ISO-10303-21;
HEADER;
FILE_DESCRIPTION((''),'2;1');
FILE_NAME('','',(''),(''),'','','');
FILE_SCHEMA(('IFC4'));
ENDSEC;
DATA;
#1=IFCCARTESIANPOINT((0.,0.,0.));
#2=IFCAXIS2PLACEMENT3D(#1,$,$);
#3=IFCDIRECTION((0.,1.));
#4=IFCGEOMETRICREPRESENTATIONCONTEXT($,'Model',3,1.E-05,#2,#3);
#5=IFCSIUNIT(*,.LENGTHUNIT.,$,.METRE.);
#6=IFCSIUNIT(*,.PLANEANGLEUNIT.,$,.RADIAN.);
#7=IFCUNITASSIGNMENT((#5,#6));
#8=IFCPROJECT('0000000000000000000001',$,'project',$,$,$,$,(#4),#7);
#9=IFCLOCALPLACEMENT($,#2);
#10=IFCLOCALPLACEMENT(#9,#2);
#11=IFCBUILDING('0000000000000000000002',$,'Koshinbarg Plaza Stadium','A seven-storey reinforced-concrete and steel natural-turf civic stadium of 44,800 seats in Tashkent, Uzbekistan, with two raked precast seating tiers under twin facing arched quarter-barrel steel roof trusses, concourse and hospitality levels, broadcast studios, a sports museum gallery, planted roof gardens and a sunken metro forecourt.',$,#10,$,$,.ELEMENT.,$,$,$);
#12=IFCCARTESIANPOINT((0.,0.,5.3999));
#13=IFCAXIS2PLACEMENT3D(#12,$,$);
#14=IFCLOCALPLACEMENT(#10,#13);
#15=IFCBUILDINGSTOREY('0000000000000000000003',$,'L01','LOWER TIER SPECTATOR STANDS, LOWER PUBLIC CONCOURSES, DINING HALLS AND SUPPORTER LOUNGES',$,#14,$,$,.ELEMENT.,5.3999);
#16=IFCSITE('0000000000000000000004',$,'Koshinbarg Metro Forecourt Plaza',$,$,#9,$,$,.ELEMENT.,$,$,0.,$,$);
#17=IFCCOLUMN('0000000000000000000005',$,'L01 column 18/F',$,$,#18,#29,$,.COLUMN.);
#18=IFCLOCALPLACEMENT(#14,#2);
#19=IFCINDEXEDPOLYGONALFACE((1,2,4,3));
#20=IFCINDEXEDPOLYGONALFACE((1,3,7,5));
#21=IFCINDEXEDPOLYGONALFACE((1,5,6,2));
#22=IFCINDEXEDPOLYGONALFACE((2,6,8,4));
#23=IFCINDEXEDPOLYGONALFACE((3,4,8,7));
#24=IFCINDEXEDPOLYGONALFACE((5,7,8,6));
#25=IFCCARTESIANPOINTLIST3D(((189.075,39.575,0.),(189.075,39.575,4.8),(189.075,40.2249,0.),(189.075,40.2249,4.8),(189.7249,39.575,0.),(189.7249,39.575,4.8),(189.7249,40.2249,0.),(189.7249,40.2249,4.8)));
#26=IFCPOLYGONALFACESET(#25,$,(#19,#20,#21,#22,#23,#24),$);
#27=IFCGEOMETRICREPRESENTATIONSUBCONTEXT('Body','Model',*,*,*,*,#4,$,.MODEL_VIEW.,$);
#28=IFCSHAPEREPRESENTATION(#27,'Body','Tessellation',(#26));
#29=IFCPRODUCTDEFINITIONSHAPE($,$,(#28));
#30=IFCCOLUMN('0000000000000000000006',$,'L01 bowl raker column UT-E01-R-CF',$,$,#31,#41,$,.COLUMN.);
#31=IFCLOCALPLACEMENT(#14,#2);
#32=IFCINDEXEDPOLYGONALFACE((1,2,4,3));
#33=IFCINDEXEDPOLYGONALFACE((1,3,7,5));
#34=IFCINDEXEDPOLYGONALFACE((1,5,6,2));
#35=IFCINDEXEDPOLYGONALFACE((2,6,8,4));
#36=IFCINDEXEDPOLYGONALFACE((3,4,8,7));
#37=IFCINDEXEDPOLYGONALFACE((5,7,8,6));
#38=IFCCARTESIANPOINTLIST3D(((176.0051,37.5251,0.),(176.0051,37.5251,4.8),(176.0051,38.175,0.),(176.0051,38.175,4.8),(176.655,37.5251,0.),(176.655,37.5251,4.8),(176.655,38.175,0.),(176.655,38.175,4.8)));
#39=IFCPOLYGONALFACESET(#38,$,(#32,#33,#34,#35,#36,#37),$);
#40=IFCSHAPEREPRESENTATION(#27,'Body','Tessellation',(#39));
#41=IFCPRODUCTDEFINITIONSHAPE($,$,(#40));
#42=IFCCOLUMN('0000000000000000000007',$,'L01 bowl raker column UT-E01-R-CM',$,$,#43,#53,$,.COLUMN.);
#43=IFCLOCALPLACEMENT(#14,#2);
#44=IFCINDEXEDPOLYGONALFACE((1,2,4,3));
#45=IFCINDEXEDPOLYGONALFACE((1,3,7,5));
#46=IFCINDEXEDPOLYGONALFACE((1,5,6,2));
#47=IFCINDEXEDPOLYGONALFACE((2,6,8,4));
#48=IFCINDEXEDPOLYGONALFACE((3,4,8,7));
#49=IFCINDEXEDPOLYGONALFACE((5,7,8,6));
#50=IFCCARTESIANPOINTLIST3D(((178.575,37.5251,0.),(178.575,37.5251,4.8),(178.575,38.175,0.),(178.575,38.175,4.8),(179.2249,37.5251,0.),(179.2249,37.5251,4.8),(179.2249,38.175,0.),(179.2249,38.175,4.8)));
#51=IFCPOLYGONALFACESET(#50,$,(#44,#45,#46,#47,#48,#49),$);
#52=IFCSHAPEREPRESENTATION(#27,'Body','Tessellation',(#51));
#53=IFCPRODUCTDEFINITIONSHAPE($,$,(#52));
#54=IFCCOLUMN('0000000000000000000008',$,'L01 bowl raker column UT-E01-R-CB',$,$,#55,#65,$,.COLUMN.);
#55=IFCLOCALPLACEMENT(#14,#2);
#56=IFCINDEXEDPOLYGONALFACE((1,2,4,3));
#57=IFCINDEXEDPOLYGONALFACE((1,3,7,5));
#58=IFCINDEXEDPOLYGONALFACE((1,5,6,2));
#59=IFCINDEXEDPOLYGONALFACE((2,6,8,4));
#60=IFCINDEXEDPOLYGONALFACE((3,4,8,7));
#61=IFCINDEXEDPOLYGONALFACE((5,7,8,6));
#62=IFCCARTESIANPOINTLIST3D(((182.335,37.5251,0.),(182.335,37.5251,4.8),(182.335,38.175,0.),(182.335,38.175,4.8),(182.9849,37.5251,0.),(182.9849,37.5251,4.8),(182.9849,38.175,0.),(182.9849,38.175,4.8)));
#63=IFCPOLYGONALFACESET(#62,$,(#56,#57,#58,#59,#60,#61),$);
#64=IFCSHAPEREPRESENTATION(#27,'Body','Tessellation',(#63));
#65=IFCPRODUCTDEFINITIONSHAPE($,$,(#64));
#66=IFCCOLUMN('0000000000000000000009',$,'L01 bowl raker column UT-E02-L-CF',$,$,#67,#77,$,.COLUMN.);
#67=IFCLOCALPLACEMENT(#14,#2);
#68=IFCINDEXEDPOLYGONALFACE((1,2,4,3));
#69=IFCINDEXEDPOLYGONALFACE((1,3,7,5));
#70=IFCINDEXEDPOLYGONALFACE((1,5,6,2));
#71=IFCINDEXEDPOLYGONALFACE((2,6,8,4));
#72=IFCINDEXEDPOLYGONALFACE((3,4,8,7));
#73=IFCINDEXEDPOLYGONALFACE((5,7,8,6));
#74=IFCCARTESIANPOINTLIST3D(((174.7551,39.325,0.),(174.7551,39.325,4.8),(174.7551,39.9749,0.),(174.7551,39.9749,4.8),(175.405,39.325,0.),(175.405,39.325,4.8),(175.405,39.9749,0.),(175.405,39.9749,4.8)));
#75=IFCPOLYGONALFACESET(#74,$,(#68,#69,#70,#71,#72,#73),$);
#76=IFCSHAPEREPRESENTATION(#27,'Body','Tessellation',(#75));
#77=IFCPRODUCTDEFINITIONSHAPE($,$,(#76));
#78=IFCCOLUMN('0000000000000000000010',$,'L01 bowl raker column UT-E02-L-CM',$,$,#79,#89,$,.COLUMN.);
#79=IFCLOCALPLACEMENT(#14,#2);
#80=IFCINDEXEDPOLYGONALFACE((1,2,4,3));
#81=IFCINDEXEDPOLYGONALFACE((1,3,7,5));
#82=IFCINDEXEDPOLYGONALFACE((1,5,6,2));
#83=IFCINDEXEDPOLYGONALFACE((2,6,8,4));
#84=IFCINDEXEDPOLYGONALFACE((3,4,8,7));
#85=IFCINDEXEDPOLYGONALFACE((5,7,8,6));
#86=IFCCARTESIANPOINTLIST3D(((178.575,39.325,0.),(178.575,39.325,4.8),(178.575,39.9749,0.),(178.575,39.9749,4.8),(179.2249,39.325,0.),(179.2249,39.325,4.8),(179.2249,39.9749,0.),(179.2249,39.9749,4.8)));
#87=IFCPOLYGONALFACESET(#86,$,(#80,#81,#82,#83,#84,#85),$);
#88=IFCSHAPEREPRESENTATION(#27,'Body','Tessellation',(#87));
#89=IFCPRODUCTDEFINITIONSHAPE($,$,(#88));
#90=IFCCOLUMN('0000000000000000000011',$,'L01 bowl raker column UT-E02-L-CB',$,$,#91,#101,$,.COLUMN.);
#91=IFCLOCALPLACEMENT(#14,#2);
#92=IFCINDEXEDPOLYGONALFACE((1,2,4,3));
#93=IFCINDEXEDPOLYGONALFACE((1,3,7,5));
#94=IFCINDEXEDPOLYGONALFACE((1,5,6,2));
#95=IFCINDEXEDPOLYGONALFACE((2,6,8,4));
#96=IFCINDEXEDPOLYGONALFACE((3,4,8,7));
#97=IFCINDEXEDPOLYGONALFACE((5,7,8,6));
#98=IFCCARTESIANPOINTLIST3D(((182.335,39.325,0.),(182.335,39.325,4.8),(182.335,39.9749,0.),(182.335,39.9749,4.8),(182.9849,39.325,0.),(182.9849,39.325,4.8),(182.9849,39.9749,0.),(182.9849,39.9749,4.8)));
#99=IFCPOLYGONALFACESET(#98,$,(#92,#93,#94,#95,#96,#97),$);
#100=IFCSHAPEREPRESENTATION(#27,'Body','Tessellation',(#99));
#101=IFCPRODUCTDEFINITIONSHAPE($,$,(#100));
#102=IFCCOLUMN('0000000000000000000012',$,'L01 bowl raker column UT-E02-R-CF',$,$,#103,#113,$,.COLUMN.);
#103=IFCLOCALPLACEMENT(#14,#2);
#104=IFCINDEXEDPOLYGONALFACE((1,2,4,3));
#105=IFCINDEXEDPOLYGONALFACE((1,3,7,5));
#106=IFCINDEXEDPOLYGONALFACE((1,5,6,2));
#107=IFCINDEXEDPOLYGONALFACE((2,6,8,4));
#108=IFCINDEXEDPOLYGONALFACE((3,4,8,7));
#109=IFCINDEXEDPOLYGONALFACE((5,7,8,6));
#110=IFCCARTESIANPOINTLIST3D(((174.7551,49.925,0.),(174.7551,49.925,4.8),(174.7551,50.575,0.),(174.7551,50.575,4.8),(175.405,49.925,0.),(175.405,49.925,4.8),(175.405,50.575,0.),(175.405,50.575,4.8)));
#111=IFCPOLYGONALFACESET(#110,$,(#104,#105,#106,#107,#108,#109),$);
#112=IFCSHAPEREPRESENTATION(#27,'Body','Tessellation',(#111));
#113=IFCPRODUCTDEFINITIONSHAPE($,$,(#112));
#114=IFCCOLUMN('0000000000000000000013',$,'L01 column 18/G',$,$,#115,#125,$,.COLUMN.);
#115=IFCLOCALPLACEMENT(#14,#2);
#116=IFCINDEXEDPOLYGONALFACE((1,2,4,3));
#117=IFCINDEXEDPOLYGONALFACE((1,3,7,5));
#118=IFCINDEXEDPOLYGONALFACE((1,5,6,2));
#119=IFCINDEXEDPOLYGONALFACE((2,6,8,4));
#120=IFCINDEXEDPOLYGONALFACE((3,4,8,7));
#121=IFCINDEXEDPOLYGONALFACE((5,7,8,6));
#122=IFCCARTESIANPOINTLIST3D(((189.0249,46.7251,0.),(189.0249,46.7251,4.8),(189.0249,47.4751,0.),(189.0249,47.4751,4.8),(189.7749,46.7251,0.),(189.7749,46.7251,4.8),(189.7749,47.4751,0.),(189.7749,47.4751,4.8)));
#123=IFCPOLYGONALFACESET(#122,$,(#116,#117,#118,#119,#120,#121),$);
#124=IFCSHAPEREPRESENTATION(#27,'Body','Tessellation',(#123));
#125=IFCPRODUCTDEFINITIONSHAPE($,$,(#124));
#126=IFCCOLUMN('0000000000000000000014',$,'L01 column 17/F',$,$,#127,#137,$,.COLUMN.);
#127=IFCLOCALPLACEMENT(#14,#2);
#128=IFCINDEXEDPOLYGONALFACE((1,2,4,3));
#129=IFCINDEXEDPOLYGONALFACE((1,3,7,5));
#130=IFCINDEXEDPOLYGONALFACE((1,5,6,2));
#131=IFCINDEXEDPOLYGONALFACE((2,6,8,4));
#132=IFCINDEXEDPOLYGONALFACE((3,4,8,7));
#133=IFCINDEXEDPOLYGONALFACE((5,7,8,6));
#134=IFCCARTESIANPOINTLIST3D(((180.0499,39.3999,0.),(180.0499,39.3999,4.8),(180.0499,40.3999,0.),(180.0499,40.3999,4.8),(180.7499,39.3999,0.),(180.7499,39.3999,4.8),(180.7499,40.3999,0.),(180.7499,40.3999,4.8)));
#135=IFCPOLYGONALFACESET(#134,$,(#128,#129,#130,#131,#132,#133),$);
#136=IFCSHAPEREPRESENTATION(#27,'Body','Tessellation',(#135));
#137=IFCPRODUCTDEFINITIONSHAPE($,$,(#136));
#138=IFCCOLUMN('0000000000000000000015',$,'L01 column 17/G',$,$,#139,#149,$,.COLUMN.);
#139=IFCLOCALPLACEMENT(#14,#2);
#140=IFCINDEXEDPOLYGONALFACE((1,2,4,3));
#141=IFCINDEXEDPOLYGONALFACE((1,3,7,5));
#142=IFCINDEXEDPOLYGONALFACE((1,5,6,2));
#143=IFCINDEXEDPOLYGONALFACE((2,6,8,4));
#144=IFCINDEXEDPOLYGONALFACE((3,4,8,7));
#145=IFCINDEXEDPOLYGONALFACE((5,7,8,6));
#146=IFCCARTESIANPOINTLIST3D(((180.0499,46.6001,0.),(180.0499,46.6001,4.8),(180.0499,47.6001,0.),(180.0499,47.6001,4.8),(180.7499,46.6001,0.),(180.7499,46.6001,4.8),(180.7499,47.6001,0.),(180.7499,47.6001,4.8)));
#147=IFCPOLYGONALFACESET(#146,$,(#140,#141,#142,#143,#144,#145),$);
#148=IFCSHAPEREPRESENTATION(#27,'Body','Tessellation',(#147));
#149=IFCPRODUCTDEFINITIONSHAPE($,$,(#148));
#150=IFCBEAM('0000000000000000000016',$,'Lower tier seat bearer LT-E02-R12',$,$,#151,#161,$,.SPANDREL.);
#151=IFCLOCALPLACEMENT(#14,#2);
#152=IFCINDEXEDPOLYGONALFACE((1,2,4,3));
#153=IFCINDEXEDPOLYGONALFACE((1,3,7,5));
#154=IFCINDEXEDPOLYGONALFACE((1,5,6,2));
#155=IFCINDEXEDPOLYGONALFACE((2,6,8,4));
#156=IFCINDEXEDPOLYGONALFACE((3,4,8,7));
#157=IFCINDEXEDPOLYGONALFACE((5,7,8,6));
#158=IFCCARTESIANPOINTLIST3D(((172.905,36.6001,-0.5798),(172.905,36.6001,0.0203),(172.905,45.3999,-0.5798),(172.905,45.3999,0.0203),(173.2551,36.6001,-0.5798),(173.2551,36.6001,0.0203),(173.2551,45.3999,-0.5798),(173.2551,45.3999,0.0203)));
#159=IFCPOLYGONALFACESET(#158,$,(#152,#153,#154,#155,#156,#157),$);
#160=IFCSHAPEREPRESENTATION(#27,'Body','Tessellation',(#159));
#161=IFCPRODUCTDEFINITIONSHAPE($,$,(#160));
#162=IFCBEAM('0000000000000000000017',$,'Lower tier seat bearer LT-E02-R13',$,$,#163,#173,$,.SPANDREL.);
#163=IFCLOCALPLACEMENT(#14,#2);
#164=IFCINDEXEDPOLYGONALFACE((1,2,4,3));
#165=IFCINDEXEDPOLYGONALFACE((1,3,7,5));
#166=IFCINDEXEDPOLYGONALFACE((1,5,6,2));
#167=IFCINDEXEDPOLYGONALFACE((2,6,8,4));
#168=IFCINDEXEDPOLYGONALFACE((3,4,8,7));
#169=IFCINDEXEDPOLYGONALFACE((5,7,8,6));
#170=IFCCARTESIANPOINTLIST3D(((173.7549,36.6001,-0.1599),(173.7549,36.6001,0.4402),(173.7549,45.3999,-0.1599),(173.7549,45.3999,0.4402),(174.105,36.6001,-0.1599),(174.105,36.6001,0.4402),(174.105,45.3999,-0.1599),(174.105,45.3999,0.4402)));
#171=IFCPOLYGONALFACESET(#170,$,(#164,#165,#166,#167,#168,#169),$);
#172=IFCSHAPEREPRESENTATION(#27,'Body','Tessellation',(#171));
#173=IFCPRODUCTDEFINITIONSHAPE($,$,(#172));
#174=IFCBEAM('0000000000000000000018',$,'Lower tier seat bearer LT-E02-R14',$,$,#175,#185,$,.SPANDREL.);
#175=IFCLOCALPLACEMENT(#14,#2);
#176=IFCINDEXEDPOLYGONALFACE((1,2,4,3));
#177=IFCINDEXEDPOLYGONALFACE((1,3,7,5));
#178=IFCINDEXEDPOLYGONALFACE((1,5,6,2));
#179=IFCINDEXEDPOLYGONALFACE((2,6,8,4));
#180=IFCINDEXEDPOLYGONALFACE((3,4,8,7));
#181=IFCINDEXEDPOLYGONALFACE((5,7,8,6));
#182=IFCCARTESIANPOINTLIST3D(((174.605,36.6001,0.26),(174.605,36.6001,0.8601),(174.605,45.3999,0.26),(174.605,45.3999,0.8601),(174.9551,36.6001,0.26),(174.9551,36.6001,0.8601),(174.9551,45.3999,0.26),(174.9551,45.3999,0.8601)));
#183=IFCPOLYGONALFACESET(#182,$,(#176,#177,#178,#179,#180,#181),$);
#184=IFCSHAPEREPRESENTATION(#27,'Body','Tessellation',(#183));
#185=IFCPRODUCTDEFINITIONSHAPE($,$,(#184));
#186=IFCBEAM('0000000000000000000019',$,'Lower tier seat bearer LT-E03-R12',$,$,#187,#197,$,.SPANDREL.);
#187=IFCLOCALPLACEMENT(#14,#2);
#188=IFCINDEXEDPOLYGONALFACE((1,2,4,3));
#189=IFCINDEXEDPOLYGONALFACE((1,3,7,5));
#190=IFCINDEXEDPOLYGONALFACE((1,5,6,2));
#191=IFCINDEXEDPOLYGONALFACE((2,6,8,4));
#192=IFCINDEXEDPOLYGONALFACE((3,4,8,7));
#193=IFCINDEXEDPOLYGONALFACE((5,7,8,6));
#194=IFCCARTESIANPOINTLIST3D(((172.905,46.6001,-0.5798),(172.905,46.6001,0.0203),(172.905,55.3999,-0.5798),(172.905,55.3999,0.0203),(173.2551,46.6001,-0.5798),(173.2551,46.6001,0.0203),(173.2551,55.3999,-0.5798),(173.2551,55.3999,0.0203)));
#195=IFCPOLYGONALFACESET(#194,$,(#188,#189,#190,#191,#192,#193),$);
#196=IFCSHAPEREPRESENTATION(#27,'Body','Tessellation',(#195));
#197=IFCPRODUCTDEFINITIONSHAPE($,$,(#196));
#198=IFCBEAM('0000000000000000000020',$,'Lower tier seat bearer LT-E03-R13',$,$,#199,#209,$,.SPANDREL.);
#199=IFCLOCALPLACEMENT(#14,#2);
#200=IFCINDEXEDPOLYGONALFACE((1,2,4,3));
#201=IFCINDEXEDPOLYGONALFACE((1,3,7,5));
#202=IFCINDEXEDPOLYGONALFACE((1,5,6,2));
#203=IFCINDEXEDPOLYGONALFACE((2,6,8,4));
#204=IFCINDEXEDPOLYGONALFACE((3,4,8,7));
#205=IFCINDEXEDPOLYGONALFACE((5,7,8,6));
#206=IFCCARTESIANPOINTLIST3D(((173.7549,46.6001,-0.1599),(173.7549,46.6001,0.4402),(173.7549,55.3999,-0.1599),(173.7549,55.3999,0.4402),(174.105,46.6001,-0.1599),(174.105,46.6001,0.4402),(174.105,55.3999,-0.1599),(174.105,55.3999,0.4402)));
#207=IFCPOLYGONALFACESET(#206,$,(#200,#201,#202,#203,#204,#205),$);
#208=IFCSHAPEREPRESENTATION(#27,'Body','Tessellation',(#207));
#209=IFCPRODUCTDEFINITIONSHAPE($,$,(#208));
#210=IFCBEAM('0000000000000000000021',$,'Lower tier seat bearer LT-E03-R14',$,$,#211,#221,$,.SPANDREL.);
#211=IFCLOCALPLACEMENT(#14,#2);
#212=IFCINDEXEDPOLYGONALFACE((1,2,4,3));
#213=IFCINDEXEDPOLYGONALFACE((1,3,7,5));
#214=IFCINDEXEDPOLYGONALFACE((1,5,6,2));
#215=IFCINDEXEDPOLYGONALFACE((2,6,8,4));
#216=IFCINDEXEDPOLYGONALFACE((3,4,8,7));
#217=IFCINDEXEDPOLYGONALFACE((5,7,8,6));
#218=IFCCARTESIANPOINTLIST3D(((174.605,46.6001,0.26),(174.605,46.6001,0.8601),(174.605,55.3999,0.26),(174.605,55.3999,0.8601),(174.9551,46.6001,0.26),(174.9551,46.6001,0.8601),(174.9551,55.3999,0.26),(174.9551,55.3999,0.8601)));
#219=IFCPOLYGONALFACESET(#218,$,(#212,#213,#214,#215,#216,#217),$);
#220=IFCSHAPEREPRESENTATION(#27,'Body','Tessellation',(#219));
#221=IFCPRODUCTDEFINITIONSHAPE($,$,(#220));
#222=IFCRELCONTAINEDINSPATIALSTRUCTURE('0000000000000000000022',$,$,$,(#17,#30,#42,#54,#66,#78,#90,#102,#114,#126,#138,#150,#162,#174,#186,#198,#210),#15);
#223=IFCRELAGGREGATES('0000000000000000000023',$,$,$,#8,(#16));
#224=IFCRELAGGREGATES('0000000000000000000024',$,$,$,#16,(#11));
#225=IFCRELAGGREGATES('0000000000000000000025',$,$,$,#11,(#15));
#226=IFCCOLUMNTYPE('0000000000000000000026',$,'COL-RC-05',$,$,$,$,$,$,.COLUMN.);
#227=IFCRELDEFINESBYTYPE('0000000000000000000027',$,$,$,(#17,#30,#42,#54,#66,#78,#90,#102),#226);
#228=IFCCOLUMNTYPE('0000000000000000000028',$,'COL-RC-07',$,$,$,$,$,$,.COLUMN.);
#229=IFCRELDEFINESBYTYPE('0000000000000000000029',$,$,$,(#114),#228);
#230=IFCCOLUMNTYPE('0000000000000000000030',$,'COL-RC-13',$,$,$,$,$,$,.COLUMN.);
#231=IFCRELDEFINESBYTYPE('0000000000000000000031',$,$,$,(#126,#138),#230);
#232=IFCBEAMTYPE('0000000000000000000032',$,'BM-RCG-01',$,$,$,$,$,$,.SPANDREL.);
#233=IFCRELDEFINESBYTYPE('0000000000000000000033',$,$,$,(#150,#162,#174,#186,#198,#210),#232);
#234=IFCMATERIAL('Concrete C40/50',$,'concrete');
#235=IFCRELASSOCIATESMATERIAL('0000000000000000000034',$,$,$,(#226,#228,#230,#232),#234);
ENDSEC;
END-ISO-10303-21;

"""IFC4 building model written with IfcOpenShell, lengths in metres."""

from ifc_helpers import new_model, si_unit, direction, frame, origin, origin_2d, place, context, subcontext, project, spatial, rectangle, extrude, material, material_profile, profile_set, type_object, element, save


model = new_model("IFC4")

# Units and contexts
model_context = context("Model", 3, precision=1e-05, world=origin(), true_north=direction((0.0, 1.0)))
body_context = subcontext(model_context, "Body", "Model", "MODEL_VIEW")
ifc_project = project(units=[si_unit("LENGTHUNIT", "METRE"), si_unit("PLANEANGLEUNIT", "RADIAN")], contexts=[model_context])

# Site, building, storey
site_placement = place(None, origin())
site = spatial("IfcSite", under=ifc_project, at=site_placement, Name="Koshinbarg Metro Forecourt Plaza", CompositionType="ELEMENT", RefElevation=0.0)
building_placement = place(site_placement, origin())
building = spatial("IfcBuilding", under=site, at=building_placement, Name="Koshinbarg Plaza Stadium", Description="A seven-storey reinforced-concrete and steel natural-turf civic stadium of 44,800 seats in Tashkent, Uzbekistan, with two raked precast seating tiers under twin facing arched quarter-barrel steel roof trusses, concourse and hospitality levels, broadcast studios, a sports museum gallery, planted roof gardens and a sunken metro forecourt.", CompositionType="ELEMENT")
storey_placement = place(building_placement, frame((0.0, 0.0, 5.3999)))
storey = spatial("IfcBuildingStorey", under=building, at=storey_placement, Name="L01", Description="LOWER TIER SPECTATOR STANDS, LOWER PUBLIC CONCOURSES, DINING HALLS AND SUPPORTER LOUNGES", CompositionType="ELEMENT", Elevation=5.3999)

# Columns
ifc_material_1 = material(Name="Concrete C40/50", Category="concrete")
ifc_material_profile_1 = material_profile(ifc_material_1, rectangle(XDim=0.6499, YDim=0.6499, at=origin_2d()), Name="RC 650x650")
ifc_profile_set_1 = profile_set([ifc_material_profile_1], Name="Concrete C40/50")
column_type_1 = type_object("IfcColumnType", Name="COL-RC-05", PredefinedType="COLUMN", material=ifc_profile_set_1)
for number, where, z_axis, x_axis, name in (
    (1, (189.3999, 39.8999, 0.0), (0.0, 0.0, 1.0), (1.0, 0.0, 0.0), "L01 column 18/F"),
    (2, (176.3301, 37.8501, 0.0), (0.0, 0.0, 1.0), (1.0, 0.0, 0.0), "L01 bowl raker column UT-E01-R-CF"),
    (3, (178.8999, 37.8501, 0.0), (0.0, 0.0, 1.0), (1.0, 0.0, 0.0), "L01 bowl raker column UT-E01-R-CM"),
    (4, (182.6599, 37.8501, 0.0), (0.0, 0.0, 1.0), (1.0, 0.0, 0.0), "L01 bowl raker column UT-E01-R-CB"),
    (5, (175.0801, 39.6499, 0.0), (0.0, 0.0, 1.0), (1.0, 0.0, 0.0), "L01 bowl raker column UT-E02-L-CF"),
    (6, (178.8999, 39.6499, 0.0), (0.0, 0.0, 1.0), (1.0, 0.0, 0.0), "L01 bowl raker column UT-E02-L-CM"),
    (7, (182.6599, 39.6499, 0.0), (0.0, 0.0, 1.0), (1.0, 0.0, 0.0), "L01 bowl raker column UT-E02-L-CB"),
    (8, (175.0801, 50.25, 0.0), (0.0, 0.0, 1.0), (1.0, 0.0, 0.0), "L01 bowl raker column UT-E02-R-CF"),
):
    element("IfcColumn", number, at=place(storey_placement, frame(where, z_axis=z_axis, x_axis=x_axis)), inside=storey, type_object=column_type_1, Name=name, PredefinedType="COLUMN", context=body_context, shape_type="SweptSolid", body=[
        extrude(rectangle(XDim=0.6499, YDim=0.6499, at=origin_2d()), origin(), (0.0, 0.0, 1.0), 4.8),
    ])
ifc_material_profile_2 = material_profile(ifc_material_1, rectangle(XDim=0.75, YDim=0.75, at=origin_2d()), Name="RC 750x750")
ifc_profile_set_2 = profile_set([ifc_material_profile_2], Name="Concrete C40/50")
column_type_2 = type_object("IfcColumnType", Name="COL-RC-07", PredefinedType="COLUMN", material=ifc_profile_set_2)
column_placement = place(storey_placement, frame((189.3999, 47.1001, 0.0), z_axis=(0.0, 0.0, 1.0), x_axis=(1.0, 0.0, 0.0)))
element("IfcColumn", 9, at=column_placement, inside=storey, type_object=column_type_2, Name="L01 column 18/G", PredefinedType="COLUMN", context=body_context, shape_type="SweptSolid", body=[
    extrude(rectangle(XDim=0.75, YDim=0.75, at=origin_2d()), origin(), (0.0, 0.0, 1.0), 4.8),
])
ifc_material_profile_3 = material_profile(ifc_material_1, rectangle(XDim=0.7, YDim=1.0, at=origin_2d()), Name="RC 700x1000")
ifc_profile_set_3 = profile_set([ifc_material_profile_3], Name="Concrete C40/50")
column_type_3 = type_object("IfcColumnType", Name="COL-RC-13", PredefinedType="COLUMN", material=ifc_profile_set_3)
for number, where, z_axis, x_axis, name in (
    (10, (180.3999, 39.8999, 0.0), (0.0, 0.0, 1.0), (1.0, 0.0, 0.0), "L01 column 17/F"),
    (11, (180.3999, 47.1001, 0.0), (0.0, 0.0, 1.0), (1.0, 0.0, 0.0), "L01 column 17/G"),
):
    element("IfcColumn", number, at=place(storey_placement, frame(where, z_axis=z_axis, x_axis=x_axis)), inside=storey, type_object=column_type_3, Name=name, PredefinedType="COLUMN", context=body_context, shape_type="SweptSolid", body=[
        extrude(rectangle(XDim=0.7, YDim=1.0, at=origin_2d()), origin(), (0.0, 0.0, 1.0), 4.8),
    ])

# Beams
ifc_material_profile_4 = material_profile(ifc_material_1, rectangle(XDim=0.3501, YDim=0.6001, at=origin_2d()), Name="RC 350x600")
ifc_profile_set_4 = profile_set([ifc_material_profile_4], Name="Concrete C40/50")
beam_type_1 = type_object("IfcBeamType", Name="BM-RCG-01", PredefinedType="SPANDREL", material=ifc_profile_set_4)
for number, where, z_axis, x_axis, name in (
    (12, (173.0801, 36.6001, -0.2798), (0.0, 1.0, 0.0), (-1.0, 0.0, 0.0), "Lower tier seat bearer LT-E02-R12"),
    (13, (173.9299, 36.6001, 0.1401), (0.0, 1.0, 0.0), (-1.0, 0.0, 0.0), "Lower tier seat bearer LT-E02-R13"),
    (14, (174.78, 36.6001, 0.5601), (0.0, 1.0, 0.0), (-1.0, 0.0, 0.0), "Lower tier seat bearer LT-E02-R14"),
    (15, (173.0801, 46.6001, -0.2798), (0.0, 1.0, 0.0), (-1.0, 0.0, 0.0), "Lower tier seat bearer LT-E03-R12"),
    (16, (173.9299, 46.6001, 0.1401), (0.0, 1.0, 0.0), (-1.0, 0.0, 0.0), "Lower tier seat bearer LT-E03-R13"),
    (17, (174.78, 46.6001, 0.5601), (0.0, 1.0, 0.0), (-1.0, 0.0, 0.0), "Lower tier seat bearer LT-E03-R14"),
):
    element("IfcBeam", number, at=place(storey_placement, frame(where, z_axis=z_axis, x_axis=x_axis)), inside=storey, type_object=beam_type_1, Name=name, PredefinedType="SPANDREL", context=body_context, shape_type="SweptSolid", body=[
        extrude(rectangle(XDim=0.3501, YDim=0.6001, at=origin_2d()), origin(), (0.0, 0.0, 1.0), 8.7998),
    ])

save(model, "model.ifc")
